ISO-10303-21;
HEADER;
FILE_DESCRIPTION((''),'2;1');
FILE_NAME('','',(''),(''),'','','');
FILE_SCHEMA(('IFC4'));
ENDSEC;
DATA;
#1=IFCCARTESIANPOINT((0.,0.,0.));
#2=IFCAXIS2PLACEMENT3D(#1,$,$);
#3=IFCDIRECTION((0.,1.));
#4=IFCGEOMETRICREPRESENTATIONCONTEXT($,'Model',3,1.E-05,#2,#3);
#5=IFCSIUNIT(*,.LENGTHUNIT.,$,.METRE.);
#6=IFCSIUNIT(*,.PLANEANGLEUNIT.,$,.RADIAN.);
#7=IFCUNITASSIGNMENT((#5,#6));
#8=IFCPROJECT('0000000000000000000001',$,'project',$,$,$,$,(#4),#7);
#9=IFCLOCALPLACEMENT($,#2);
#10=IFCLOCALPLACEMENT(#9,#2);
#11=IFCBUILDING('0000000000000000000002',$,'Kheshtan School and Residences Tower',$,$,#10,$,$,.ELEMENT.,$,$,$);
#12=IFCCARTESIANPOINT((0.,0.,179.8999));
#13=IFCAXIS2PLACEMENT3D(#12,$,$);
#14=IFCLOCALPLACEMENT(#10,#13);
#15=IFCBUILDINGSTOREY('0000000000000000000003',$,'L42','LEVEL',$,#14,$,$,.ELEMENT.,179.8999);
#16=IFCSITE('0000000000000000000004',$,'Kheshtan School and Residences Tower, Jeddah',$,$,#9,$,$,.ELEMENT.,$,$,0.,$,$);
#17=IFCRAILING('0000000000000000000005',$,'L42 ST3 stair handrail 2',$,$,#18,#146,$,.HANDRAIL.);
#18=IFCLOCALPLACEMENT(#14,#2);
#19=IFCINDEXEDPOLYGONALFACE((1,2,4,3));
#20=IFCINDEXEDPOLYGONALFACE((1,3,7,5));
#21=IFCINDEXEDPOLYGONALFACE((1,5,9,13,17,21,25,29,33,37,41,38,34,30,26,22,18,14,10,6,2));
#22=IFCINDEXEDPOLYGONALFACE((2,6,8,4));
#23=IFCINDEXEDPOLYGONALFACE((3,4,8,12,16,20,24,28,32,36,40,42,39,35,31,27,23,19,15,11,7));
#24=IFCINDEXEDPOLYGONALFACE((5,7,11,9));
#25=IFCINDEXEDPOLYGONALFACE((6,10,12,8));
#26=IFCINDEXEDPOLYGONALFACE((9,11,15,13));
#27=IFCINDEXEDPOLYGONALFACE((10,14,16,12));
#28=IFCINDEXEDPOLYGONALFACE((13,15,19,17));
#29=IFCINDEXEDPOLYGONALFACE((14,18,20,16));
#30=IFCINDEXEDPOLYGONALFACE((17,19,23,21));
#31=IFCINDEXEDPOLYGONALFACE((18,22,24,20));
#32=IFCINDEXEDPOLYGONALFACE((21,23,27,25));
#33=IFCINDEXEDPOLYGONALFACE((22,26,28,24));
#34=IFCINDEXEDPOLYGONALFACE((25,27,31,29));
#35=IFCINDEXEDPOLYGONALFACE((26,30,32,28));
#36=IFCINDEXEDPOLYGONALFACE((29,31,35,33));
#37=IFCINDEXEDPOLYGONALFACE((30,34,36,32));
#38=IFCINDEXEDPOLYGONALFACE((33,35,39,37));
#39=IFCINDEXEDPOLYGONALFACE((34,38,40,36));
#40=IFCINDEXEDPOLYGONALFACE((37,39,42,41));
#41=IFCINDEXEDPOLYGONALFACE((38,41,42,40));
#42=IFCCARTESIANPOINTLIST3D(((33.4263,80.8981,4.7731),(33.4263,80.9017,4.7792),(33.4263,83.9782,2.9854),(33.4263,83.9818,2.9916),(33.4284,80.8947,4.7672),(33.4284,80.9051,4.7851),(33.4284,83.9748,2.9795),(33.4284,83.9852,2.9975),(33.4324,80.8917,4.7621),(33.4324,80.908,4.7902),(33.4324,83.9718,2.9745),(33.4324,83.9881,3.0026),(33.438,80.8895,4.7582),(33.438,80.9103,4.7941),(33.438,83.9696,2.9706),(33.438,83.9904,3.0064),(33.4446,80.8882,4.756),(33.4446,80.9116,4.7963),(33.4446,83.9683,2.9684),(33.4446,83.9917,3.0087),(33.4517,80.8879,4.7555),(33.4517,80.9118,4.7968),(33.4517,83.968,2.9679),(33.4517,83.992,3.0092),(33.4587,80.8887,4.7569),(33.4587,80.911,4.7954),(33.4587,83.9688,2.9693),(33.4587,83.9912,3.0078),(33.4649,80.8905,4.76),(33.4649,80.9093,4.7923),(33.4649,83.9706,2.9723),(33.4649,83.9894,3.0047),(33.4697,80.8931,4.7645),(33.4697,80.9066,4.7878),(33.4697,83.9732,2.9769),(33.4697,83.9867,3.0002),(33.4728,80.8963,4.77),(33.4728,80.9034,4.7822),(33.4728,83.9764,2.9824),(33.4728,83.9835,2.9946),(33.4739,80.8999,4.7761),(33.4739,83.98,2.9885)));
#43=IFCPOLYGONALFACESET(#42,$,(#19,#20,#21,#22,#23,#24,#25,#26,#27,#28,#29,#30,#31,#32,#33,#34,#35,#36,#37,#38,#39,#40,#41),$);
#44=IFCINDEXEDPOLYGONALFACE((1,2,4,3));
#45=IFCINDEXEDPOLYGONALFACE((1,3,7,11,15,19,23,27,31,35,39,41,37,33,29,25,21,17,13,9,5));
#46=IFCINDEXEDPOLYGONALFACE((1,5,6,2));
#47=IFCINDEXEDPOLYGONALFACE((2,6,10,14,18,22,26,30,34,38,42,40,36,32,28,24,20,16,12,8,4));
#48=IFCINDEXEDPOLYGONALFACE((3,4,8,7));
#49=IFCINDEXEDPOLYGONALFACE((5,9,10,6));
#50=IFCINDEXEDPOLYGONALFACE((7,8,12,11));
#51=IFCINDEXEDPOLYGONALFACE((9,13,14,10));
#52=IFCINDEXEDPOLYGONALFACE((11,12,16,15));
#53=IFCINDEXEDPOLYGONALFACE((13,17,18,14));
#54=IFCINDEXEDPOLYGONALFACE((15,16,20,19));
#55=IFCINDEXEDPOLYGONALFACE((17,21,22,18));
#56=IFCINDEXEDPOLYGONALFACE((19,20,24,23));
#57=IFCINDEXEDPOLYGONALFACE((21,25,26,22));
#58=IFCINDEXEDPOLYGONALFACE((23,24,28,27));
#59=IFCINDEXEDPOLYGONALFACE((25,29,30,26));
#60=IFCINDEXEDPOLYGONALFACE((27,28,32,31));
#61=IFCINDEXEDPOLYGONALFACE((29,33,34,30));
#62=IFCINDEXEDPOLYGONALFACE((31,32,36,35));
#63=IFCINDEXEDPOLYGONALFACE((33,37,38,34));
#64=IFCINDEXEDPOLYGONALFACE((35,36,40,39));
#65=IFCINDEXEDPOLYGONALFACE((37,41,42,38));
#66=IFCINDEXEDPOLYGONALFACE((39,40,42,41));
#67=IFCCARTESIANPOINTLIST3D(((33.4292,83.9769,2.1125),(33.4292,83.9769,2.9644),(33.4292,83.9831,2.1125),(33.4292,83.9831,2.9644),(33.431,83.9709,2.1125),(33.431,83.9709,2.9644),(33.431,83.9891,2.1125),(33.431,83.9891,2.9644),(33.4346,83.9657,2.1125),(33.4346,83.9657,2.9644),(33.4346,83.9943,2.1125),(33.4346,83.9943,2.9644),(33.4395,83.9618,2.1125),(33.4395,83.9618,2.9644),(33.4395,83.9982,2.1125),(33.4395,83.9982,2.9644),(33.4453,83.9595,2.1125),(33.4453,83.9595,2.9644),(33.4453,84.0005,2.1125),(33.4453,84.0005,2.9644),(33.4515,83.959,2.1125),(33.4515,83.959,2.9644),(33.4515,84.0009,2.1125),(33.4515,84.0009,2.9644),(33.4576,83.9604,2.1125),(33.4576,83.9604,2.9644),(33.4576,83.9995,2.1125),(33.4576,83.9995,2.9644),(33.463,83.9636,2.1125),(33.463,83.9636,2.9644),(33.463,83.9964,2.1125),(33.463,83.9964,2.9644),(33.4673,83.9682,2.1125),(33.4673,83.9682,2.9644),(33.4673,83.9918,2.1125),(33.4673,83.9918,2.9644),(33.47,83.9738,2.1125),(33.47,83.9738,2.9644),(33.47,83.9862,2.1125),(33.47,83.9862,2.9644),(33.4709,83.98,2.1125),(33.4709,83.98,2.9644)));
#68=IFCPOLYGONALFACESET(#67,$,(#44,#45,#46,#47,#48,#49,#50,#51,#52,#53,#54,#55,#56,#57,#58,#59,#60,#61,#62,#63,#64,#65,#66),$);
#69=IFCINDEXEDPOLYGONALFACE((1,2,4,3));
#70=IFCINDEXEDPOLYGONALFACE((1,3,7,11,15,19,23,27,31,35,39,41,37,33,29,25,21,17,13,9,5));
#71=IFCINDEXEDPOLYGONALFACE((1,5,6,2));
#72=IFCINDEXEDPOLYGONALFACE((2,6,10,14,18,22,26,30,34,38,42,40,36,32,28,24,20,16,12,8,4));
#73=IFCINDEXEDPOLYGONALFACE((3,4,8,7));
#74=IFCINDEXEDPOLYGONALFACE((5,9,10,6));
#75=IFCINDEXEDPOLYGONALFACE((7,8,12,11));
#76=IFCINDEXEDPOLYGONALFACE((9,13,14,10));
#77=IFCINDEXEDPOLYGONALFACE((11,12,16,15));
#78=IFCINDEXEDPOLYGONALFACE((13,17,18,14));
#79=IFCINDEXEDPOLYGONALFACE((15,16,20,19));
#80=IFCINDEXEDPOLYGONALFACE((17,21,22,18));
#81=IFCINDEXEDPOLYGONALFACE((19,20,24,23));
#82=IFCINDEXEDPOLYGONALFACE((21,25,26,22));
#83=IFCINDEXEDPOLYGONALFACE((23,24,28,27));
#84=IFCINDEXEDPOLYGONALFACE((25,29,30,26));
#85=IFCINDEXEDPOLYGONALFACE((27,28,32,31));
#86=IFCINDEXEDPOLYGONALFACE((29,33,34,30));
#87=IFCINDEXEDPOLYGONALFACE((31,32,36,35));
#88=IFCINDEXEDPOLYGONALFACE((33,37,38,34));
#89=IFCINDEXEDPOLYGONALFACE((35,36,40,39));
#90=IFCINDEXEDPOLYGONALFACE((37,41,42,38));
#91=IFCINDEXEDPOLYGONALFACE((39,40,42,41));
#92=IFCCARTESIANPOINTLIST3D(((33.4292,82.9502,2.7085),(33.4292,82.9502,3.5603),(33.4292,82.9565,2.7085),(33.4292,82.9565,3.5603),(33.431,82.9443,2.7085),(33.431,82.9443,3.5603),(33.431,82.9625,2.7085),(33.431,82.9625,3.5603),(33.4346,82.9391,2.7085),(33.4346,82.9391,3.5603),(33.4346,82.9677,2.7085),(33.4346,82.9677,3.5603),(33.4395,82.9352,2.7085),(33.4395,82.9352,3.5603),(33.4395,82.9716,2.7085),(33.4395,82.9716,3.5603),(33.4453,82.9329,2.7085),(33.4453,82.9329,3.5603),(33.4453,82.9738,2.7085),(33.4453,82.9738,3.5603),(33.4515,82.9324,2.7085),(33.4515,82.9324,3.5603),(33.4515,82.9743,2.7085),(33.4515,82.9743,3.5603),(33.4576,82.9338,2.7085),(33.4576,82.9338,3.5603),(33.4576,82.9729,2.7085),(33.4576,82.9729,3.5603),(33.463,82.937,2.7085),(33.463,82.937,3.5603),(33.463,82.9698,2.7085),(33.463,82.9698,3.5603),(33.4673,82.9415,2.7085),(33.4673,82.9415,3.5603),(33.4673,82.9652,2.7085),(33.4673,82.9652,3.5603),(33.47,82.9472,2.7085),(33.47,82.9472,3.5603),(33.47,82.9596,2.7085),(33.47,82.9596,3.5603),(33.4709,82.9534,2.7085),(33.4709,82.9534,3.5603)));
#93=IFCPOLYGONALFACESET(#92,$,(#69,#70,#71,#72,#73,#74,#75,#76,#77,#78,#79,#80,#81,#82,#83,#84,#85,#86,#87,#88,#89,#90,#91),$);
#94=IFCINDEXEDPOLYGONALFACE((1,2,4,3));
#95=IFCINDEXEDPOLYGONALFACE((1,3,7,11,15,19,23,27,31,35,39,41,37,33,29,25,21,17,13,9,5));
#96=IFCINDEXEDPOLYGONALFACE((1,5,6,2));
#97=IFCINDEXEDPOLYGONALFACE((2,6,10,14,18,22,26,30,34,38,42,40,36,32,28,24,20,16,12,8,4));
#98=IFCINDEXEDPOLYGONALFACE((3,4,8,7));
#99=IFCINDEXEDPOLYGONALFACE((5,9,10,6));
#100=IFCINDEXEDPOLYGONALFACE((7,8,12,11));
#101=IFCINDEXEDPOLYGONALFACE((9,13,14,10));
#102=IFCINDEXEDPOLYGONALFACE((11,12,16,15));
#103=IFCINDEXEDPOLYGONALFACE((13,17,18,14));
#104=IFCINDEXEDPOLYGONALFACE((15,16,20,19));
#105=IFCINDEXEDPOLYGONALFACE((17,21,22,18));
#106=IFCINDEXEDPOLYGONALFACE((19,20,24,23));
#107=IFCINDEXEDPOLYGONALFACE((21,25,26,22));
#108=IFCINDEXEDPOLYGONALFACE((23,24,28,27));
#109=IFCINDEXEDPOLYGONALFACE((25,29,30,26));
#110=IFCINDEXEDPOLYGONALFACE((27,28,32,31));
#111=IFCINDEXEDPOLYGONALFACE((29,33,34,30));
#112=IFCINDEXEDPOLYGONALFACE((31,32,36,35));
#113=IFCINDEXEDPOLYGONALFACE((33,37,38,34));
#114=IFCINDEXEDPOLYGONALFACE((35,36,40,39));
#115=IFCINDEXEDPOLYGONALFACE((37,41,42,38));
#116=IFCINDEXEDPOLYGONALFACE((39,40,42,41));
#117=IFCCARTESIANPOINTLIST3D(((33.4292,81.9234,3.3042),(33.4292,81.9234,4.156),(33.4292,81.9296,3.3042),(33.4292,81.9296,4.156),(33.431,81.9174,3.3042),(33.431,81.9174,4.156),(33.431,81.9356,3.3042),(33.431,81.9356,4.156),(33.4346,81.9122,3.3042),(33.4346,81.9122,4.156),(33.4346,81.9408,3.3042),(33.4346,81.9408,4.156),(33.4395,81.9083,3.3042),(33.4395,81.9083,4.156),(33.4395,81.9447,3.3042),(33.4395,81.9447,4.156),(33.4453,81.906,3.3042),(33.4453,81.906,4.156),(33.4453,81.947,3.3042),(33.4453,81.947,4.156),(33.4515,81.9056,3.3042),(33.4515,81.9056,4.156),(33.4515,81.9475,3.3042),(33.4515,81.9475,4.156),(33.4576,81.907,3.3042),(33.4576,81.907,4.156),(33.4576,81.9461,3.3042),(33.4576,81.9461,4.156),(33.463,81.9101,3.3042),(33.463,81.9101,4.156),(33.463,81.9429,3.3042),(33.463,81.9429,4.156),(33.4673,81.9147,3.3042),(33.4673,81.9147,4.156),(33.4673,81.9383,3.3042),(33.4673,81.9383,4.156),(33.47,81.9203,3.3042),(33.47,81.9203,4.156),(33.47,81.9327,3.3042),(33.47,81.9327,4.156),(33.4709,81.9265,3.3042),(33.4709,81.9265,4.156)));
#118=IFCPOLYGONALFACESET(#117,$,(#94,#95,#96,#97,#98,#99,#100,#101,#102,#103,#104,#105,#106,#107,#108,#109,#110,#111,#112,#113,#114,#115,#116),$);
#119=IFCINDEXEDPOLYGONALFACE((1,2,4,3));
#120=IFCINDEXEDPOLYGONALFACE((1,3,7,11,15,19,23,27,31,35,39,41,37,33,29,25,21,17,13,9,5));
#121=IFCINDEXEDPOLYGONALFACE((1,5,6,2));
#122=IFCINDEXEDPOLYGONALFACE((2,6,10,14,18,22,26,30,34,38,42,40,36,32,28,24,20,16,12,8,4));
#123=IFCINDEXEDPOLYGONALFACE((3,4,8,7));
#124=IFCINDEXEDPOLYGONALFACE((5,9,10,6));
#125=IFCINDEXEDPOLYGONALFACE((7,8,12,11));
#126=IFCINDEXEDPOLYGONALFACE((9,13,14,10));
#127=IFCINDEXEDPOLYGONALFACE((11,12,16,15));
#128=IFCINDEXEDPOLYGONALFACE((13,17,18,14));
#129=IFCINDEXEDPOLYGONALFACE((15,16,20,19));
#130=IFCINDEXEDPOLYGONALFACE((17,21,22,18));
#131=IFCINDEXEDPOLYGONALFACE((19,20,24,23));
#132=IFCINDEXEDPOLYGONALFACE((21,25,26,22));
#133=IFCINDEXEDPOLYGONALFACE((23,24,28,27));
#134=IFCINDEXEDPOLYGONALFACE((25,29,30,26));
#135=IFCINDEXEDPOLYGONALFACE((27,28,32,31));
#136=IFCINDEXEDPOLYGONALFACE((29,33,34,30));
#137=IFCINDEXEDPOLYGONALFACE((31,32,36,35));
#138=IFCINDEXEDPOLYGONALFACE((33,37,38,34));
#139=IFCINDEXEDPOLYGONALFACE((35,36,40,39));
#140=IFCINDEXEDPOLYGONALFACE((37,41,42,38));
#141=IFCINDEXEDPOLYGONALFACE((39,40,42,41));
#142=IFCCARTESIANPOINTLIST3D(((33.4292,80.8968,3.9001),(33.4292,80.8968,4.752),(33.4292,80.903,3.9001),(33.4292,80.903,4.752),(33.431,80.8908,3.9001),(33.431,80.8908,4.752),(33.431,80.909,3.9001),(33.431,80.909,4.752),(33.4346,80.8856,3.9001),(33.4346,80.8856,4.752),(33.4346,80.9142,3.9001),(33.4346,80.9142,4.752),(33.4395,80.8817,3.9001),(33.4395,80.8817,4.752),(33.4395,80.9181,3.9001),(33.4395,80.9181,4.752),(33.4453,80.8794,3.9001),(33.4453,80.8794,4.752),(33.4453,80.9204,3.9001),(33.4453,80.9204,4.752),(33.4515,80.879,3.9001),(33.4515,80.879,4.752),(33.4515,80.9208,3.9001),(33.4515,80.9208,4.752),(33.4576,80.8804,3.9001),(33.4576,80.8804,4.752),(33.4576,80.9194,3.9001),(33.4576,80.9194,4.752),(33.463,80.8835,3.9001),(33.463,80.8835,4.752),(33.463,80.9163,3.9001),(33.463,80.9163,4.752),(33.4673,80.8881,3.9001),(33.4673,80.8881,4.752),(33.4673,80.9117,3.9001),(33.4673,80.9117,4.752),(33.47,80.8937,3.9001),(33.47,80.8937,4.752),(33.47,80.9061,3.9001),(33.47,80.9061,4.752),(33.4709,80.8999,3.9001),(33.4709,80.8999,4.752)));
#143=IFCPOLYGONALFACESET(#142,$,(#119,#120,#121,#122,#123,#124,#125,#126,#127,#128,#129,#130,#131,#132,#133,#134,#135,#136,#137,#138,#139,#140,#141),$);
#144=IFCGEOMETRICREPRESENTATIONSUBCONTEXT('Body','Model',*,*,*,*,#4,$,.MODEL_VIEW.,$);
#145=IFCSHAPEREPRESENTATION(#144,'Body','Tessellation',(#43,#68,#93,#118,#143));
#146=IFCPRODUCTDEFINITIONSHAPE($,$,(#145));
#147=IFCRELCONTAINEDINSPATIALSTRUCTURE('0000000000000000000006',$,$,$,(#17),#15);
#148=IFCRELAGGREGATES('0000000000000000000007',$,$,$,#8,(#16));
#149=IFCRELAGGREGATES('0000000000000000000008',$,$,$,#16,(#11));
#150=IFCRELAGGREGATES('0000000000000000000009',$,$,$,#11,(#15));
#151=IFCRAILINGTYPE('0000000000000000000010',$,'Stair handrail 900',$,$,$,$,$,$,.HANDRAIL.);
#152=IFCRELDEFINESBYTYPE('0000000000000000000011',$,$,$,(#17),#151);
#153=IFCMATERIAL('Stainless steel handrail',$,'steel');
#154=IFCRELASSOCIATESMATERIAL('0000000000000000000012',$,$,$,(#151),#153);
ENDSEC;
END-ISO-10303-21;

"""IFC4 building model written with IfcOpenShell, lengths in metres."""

from ifc_helpers import new_model, si_unit, direction, frame, origin, origin_2d, place, context, subcontext, project, spatial, circle, extrude, material, type_object, element, save


model = new_model("IFC4")

# Units and contexts
model_context = context("Model", 3, precision=1e-05, world=origin(), true_north=direction((0.0, 1.0)))
body_context = subcontext(model_context, "Body", "Model", "MODEL_VIEW")
ifc_project = project(units=[si_unit("LENGTHUNIT", "METRE"), si_unit("PLANEANGLEUNIT", "RADIAN")], contexts=[model_context])

# Site, building, storey
site_placement = place(None, origin())
site = spatial("IfcSite", under=ifc_project, at=site_placement, Name="Kheshtan School and Residences Tower, Jeddah", CompositionType="ELEMENT", RefElevation=0.0)
building_placement = place(site_placement, origin())
building = spatial("IfcBuilding", under=site, at=building_placement, Name="Kheshtan School and Residences Tower", CompositionType="ELEMENT")
storey_placement = place(building_placement, frame((0.0, 0.0, 179.8999)))
storey = spatial("IfcBuildingStorey", under=building, at=storey_placement, Name="L42", Description="LEVEL", CompositionType="ELEMENT", Elevation=179.8999)

# Railing
ifc_material_1 = material(Name="Stainless steel handrail", Category="steel")
railing_type_1 = type_object("IfcRailingType", Name="Stair handrail 900", PredefinedType="HANDRAIL", material=ifc_material_1)
railing_1_placement = place(storey_placement, frame((33.45, 83.98, 2.1125)))
element("IfcRailing", 1, at=railing_1_placement, inside=storey, type_object=railing_type_1, Name="L42 ST3 stair handrail 2", PredefinedType="HANDRAIL", context=body_context, shape_type="SweptSolid", body=[
    extrude(circle(Radius=0.0239, at=origin_2d()), frame((0.0, 0.0, 0.876), z_axis=(0.0, -0.864891, 0.50196), x_axis=(1.0, 0.0, 0.0)), (0.0, 0.0, 1.0), 3.5613),
    extrude(circle(Radius=0.021, at=origin_2d()), origin(), (0.0, 0.0, 1.0), 0.8518),
    extrude(circle(Radius=0.021, at=origin_2d()), frame((0.0, -1.0266, 0.5959)), (0.0, 0.0, 1.0), 0.8518),
    extrude(circle(Radius=0.021, at=origin_2d()), frame((0.0, -2.0535, 1.1917)), (0.0, 0.0, 1.0), 0.8518),
    extrude(circle(Radius=0.021, at=origin_2d()), frame((0.0, -3.0801, 1.7876)), (0.0, 0.0, 1.0), 0.8518),
])

save(model, "model.ifc")
